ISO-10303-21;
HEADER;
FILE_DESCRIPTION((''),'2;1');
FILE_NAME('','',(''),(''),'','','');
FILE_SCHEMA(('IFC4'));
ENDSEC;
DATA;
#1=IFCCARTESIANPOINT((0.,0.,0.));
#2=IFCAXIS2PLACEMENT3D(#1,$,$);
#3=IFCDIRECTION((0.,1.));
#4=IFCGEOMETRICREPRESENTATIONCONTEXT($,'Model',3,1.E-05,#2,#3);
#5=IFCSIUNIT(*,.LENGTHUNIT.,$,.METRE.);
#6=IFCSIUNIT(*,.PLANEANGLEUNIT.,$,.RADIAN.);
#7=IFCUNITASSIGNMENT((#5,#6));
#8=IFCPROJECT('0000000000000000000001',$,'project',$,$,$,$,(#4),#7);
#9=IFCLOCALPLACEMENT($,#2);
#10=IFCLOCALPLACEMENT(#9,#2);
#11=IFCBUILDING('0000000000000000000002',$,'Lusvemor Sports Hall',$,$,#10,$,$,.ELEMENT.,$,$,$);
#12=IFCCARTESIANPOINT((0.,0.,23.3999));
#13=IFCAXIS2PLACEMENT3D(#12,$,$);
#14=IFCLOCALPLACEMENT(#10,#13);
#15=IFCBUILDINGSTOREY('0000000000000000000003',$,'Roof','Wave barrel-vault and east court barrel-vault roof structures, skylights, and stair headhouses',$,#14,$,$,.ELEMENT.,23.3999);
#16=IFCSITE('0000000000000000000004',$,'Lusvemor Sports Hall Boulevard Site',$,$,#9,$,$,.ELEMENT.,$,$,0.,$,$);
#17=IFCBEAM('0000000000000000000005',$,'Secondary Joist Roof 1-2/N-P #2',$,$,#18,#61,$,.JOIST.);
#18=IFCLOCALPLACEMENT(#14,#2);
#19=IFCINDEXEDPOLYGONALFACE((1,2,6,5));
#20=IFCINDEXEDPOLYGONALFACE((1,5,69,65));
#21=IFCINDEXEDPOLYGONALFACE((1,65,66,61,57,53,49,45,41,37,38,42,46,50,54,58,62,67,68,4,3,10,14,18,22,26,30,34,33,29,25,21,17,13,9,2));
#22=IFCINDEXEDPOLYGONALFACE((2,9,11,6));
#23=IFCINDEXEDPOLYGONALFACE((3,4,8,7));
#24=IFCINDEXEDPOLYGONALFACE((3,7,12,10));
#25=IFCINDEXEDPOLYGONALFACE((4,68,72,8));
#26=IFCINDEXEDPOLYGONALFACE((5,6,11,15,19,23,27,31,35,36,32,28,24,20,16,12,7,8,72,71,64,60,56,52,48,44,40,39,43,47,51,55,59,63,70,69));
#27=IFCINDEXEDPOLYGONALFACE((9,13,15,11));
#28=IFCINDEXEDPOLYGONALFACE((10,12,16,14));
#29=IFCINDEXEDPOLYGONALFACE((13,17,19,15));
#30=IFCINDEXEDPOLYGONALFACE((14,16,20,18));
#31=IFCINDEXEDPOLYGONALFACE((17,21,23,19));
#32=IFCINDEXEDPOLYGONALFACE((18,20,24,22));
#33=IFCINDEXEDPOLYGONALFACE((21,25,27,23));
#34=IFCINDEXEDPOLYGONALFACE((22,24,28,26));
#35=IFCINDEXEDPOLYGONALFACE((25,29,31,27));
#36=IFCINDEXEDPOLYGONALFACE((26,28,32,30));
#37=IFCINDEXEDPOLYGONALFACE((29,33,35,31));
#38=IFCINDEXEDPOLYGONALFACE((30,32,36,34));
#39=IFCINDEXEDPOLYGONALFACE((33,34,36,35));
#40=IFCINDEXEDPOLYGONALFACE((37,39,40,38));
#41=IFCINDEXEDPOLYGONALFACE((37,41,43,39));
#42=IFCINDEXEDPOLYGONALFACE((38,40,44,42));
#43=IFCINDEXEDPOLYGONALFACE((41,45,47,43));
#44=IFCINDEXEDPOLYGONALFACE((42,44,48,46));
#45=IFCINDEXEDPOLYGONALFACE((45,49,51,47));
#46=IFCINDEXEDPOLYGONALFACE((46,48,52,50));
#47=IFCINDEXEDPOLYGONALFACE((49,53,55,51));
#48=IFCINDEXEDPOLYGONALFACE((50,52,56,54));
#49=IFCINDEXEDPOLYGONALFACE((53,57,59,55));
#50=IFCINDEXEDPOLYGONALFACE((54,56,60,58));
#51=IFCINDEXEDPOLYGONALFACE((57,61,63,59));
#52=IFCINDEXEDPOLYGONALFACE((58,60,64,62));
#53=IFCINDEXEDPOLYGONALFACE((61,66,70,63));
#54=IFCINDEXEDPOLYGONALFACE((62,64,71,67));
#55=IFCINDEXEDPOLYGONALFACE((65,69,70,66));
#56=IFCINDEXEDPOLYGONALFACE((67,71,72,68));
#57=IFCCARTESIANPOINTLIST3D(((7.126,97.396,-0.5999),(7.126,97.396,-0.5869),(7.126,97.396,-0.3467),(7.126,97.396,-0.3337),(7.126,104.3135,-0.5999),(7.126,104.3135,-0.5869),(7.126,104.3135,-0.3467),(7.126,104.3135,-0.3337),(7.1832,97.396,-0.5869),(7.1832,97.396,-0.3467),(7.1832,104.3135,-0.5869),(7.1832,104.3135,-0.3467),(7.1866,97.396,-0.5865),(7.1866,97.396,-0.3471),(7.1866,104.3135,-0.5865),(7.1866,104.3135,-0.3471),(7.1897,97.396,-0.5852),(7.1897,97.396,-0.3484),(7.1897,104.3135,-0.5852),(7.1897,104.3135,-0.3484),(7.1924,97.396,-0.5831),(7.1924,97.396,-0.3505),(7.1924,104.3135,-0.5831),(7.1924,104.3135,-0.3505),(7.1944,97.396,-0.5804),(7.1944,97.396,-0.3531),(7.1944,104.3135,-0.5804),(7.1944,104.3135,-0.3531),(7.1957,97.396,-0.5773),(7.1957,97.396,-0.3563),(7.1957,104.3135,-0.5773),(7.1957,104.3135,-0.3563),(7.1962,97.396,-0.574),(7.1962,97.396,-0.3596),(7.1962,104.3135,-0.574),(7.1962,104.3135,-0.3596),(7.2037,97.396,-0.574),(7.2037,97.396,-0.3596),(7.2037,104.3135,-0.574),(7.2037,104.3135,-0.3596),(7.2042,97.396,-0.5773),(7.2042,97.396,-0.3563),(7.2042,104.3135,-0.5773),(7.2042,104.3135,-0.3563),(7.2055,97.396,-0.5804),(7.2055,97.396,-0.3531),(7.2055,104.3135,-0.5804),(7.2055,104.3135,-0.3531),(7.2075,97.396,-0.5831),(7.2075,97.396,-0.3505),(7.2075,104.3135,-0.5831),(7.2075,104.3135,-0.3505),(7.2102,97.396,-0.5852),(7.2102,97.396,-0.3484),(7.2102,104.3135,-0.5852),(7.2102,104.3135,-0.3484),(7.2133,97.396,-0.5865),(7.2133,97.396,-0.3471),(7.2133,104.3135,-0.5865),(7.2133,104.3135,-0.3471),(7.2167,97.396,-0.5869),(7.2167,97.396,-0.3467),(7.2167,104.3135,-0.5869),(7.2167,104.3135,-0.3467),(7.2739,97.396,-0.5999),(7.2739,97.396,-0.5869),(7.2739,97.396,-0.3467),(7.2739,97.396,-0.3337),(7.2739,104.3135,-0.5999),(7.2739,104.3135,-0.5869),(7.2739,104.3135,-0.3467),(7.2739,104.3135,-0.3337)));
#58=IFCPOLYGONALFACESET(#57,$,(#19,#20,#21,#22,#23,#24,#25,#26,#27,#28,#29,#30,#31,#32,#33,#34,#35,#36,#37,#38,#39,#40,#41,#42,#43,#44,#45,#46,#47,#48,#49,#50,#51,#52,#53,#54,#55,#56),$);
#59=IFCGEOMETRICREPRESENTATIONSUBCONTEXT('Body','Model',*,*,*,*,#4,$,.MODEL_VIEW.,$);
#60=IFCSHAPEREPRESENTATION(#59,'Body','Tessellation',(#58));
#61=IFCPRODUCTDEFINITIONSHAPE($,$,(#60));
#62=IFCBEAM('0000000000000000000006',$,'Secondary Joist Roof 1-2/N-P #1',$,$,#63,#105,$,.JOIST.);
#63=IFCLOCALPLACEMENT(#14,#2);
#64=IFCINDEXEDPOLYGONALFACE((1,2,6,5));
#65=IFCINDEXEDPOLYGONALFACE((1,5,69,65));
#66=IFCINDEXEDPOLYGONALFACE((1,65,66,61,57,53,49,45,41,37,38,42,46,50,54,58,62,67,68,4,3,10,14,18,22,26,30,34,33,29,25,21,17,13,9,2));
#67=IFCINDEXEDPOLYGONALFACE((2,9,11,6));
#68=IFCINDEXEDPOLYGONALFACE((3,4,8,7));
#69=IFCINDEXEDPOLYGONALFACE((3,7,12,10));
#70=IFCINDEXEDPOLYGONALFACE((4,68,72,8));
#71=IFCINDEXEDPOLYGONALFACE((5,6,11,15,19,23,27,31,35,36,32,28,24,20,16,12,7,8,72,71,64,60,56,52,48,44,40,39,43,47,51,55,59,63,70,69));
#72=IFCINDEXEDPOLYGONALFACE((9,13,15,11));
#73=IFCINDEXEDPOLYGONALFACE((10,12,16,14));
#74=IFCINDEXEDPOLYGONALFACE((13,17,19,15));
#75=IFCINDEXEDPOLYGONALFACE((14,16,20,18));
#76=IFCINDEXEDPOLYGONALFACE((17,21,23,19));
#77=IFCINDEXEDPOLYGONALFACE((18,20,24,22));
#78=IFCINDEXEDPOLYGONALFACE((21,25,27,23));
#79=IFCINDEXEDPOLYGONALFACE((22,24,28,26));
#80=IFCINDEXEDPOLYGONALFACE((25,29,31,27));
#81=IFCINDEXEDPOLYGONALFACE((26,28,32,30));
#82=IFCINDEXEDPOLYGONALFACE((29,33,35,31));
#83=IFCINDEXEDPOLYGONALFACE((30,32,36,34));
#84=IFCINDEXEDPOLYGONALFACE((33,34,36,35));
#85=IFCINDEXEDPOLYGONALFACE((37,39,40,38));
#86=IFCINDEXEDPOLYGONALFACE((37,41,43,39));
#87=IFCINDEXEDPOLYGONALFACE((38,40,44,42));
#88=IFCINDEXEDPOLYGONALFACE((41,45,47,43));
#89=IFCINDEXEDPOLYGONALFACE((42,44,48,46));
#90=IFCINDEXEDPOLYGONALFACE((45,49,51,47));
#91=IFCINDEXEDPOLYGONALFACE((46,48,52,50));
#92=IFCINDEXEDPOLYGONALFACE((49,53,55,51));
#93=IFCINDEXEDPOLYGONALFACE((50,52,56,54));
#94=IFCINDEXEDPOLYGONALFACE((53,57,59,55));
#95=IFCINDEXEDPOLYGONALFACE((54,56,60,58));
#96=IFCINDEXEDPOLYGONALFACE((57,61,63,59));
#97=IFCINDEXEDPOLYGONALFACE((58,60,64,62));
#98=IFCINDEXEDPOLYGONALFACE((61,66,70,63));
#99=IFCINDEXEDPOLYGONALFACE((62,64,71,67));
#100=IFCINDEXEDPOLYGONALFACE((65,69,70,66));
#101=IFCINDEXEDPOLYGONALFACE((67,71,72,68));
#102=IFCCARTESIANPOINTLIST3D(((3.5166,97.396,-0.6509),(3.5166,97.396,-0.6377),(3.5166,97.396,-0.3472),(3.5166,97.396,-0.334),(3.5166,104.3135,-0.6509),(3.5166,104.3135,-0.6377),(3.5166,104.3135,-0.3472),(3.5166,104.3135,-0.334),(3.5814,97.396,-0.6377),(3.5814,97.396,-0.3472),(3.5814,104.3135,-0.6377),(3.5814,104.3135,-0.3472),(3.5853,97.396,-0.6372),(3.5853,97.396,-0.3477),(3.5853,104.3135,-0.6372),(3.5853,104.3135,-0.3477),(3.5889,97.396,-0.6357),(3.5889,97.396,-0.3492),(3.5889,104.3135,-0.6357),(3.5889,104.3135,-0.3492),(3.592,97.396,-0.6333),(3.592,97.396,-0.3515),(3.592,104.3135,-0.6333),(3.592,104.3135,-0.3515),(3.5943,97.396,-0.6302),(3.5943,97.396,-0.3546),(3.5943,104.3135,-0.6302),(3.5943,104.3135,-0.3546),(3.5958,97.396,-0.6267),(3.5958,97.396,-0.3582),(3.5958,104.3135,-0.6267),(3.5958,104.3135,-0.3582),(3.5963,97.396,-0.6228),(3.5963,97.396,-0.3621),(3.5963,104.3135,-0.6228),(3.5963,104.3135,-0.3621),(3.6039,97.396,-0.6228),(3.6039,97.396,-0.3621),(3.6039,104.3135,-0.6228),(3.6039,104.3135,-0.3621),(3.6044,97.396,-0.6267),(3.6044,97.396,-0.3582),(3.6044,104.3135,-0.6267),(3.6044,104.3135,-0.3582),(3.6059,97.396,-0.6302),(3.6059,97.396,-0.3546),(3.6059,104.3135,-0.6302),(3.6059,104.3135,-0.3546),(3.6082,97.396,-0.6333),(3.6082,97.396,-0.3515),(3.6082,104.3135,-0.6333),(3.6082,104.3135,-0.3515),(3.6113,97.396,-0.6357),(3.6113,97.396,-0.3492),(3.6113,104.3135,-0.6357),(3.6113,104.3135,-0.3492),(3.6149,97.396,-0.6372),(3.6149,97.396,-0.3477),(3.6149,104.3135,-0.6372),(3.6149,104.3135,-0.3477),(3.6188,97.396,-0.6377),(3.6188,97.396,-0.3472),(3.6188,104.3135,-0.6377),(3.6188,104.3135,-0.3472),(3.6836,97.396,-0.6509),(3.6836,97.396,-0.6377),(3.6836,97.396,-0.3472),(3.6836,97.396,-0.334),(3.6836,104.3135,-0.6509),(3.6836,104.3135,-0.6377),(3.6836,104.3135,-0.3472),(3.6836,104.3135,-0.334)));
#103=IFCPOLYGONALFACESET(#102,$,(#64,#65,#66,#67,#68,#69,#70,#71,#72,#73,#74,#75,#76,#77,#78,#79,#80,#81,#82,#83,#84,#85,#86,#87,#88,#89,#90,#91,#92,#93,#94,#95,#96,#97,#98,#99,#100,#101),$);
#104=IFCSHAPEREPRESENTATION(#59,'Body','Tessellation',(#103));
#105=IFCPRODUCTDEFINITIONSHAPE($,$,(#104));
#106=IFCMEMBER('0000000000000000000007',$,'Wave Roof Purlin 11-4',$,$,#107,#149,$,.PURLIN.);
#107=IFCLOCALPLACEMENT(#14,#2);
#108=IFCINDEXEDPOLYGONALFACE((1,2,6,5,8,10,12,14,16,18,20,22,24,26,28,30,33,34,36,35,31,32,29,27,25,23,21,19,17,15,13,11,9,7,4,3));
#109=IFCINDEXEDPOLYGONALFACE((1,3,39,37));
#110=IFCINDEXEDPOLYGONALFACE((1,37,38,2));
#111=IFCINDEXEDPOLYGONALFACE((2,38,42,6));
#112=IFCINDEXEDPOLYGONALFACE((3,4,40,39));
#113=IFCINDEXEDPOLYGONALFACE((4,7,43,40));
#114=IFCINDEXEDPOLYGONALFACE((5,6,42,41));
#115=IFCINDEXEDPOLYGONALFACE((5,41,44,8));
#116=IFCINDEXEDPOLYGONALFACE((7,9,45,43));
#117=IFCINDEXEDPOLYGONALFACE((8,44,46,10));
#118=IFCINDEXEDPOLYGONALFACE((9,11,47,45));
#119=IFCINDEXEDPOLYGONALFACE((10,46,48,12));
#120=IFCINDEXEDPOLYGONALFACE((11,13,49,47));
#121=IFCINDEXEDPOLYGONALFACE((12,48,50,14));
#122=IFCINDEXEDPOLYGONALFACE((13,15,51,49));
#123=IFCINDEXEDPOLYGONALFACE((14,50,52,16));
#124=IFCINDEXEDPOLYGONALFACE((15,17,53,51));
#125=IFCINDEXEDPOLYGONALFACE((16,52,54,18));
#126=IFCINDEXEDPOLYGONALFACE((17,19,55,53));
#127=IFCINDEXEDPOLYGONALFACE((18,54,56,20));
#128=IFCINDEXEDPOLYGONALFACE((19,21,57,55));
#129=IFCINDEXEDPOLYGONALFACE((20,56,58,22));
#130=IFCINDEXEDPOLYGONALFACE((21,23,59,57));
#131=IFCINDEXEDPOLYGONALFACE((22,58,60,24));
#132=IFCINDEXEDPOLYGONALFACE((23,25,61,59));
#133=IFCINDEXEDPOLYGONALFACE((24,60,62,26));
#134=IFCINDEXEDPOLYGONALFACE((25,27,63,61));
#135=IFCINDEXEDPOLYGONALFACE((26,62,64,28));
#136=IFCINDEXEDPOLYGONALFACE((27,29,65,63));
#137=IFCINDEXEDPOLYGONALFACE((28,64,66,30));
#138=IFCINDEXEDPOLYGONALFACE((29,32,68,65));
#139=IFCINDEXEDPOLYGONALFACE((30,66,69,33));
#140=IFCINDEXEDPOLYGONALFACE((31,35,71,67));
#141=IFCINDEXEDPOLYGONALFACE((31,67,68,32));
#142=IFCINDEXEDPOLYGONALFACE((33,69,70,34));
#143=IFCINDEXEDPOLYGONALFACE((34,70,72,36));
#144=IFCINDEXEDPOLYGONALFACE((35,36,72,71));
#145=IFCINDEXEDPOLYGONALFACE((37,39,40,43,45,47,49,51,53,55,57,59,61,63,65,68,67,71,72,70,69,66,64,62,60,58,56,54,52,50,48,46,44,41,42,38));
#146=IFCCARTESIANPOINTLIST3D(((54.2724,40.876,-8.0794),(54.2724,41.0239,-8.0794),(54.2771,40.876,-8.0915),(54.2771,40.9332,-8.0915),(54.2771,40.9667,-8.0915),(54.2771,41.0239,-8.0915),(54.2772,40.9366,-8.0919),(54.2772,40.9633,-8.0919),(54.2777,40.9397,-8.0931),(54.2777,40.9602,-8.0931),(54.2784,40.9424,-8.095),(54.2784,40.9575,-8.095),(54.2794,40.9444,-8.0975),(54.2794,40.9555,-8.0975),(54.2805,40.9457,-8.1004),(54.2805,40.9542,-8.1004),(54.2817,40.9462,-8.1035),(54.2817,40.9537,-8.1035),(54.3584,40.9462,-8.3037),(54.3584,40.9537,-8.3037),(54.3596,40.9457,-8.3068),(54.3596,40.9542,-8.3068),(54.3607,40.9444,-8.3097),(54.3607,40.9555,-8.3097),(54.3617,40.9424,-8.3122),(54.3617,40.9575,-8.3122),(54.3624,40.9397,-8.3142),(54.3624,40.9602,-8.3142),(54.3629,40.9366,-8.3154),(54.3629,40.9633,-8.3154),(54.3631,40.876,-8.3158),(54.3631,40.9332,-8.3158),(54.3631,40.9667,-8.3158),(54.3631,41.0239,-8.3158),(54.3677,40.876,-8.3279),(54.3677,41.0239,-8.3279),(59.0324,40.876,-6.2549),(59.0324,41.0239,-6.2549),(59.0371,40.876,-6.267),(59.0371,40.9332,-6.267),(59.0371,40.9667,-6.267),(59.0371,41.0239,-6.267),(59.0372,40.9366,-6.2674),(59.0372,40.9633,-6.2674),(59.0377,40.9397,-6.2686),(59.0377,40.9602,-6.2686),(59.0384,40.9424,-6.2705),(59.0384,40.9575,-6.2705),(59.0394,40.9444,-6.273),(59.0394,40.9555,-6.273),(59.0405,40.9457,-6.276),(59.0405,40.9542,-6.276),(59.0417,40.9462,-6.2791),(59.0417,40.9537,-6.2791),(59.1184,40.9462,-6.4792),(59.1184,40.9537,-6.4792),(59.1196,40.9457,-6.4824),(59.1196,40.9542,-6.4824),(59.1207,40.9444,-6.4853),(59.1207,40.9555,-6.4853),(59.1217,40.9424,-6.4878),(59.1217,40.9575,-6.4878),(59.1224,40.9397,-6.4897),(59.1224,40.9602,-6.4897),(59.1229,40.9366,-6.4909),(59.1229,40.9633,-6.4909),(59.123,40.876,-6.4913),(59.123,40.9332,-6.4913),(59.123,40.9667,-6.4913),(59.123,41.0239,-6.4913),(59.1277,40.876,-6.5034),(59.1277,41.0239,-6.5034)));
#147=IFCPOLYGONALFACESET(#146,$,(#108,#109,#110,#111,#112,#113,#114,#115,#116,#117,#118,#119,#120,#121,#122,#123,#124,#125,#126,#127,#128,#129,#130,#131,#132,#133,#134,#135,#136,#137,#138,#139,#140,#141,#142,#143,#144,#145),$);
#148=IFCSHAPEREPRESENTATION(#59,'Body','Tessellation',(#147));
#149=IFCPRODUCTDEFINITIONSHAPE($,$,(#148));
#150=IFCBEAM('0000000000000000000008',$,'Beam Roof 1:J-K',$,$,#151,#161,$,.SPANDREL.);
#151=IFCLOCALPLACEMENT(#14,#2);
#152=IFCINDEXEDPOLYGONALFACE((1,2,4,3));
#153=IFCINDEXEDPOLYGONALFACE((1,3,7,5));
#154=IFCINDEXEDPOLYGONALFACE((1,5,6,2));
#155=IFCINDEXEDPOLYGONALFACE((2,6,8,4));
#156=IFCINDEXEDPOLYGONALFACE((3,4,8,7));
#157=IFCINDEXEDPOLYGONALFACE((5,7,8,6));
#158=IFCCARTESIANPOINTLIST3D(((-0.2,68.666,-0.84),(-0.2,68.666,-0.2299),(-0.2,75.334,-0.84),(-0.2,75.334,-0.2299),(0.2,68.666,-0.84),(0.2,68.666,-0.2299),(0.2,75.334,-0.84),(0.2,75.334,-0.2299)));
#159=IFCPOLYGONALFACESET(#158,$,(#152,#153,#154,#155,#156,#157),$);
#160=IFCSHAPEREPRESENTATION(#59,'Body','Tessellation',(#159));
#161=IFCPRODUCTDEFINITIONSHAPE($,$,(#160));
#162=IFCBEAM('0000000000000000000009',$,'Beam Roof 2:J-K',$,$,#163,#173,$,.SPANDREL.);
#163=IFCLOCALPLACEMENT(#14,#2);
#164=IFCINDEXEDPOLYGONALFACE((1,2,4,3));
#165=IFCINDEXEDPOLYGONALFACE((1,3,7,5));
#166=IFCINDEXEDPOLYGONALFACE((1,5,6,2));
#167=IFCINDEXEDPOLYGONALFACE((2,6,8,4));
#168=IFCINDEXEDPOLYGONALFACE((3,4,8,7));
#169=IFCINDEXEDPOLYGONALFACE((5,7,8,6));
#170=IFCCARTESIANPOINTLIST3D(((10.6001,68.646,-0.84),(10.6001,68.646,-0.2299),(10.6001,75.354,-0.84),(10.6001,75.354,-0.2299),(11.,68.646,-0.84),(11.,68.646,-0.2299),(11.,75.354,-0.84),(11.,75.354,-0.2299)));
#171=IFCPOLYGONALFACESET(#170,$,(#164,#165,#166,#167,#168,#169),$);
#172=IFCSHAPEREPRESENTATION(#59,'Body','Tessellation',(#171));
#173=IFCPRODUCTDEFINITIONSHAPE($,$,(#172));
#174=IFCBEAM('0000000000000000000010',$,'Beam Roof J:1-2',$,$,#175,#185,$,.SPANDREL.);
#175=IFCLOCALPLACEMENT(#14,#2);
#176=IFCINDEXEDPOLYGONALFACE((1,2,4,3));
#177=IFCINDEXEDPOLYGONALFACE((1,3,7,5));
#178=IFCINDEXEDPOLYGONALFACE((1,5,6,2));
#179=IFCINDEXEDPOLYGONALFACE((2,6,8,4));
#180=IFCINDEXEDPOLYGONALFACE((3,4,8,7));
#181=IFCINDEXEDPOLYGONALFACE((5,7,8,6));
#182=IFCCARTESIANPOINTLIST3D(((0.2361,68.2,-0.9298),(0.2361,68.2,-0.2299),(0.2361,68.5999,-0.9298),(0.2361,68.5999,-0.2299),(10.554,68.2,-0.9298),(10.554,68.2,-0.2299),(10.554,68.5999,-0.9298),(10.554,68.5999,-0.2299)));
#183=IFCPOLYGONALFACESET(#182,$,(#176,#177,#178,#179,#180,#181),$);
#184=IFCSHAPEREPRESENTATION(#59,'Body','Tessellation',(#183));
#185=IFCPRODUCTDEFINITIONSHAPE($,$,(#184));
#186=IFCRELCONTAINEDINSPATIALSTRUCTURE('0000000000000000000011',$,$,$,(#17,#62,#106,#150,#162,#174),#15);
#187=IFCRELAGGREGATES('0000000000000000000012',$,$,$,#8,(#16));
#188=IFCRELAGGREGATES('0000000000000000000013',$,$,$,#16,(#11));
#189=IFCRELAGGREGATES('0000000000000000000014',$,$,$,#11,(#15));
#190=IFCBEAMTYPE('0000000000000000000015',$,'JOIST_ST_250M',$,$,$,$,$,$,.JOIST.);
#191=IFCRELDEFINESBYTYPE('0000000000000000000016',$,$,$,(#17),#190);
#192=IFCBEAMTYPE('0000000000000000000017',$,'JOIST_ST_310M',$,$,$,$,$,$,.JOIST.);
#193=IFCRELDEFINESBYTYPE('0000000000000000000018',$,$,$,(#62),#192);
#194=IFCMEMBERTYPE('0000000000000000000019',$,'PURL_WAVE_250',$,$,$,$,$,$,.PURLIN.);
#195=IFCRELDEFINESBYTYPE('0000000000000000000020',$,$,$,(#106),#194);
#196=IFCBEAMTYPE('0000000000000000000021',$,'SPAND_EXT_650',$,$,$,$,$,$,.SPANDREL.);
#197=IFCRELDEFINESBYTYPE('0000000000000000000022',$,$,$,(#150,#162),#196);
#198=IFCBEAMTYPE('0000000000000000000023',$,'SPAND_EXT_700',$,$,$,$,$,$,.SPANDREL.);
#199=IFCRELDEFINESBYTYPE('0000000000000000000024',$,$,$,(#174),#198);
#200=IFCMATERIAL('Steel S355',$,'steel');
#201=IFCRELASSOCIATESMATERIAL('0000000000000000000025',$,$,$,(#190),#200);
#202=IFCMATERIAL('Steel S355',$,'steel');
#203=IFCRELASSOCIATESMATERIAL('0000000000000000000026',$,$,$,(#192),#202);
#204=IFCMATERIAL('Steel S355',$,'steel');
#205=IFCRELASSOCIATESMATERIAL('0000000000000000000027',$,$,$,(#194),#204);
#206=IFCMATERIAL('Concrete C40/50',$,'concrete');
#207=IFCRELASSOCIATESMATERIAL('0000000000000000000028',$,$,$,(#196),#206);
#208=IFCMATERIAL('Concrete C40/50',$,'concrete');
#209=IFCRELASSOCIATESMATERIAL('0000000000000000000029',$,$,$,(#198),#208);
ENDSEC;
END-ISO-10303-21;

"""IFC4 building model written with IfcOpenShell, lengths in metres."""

from ifc_helpers import new_model, si_unit, direction, frame, origin, origin_2d, place, context, subcontext, project, spatial, rectangle, i_section, extrude, material, material_profile, profile_set, type_object, element, save


model = new_model("IFC4")

# Units and contexts
model_context = context("Model", 3, precision=1e-05, world=origin(), true_north=direction((0.0, 1.0)))
body_context = subcontext(model_context, "Body", "Model", "MODEL_VIEW")
ifc_project = project(units=[si_unit("LENGTHUNIT", "METRE"), si_unit("PLANEANGLEUNIT", "RADIAN")], contexts=[model_context])

# Site, building, storey
site_placement = place(None, origin())
site = spatial("IfcSite", under=ifc_project, at=site_placement, Name="Lusvemor Sports Hall Boulevard Site", CompositionType="ELEMENT", RefElevation=0.0)
building_placement = place(site_placement, origin())
building = spatial("IfcBuilding", under=site, at=building_placement, Name="Lusvemor Sports Hall", CompositionType="ELEMENT")
storey_placement = place(building_placement, frame((0.0, 0.0, 23.3999)))
storey = spatial("IfcBuildingStorey", under=building, at=storey_placement, Name="Roof", Description="Wave barrel-vault and east court barrel-vault roof structures, skylights, and stair headhouses", CompositionType="ELEMENT", Elevation=23.3999)

# Beams
ifc_material_1 = material(Name="Steel S355", Category="steel")
ifc_material_profile_1 = material_profile(ifc_material_1, i_section(OverallWidth=0.1479, OverallDepth=0.2661, WebThickness=0.0076, FlangeThickness=0.0129, FilletRadius=0.0129, at=origin_2d()), Name="W250x44.8")
ifc_profile_set_1 = profile_set([ifc_material_profile_1], Name="Steel S355")
beam_type_1 = type_object("IfcBeamType", Name="JOIST_ST_250M", PredefinedType="JOIST", material=ifc_profile_set_1)
beam_1_placement = place(storey_placement, frame((7.2, 97.396, -0.4668), z_axis=(0.0, 1.0, 0.0), x_axis=(-1.0, 0.0, 0.0)))
element("IfcBeam", 1, at=beam_1_placement, inside=storey, type_object=beam_type_1, Name="Secondary Joist Roof 1-2/N-P #2", PredefinedType="JOIST", context=body_context, shape_type="SweptSolid", body=[
    extrude(i_section(OverallWidth=0.1479, OverallDepth=0.2661, WebThickness=0.0076, FlangeThickness=0.0129, FilletRadius=0.0129, at=origin_2d()), origin(), (0.0, 0.0, 1.0), 6.9175),
])
ifc_material_2 = material(Name="Steel S355", Category="steel")
ifc_material_profile_2 = material_profile(ifc_material_2, i_section(OverallWidth=0.167, OverallDepth=0.3169, WebThickness=0.0076, FlangeThickness=0.0132, FilletRadius=0.0149, at=origin_2d()), Name="W310x52.0")
ifc_profile_set_2 = profile_set([ifc_material_profile_2], Name="Steel S355")
beam_type_2 = type_object("IfcBeamType", Name="JOIST_ST_310M", PredefinedType="JOIST", material=ifc_profile_set_2)
beam_2_placement = place(storey_placement, frame((3.6001, 97.396, -0.4924), z_axis=(0.0, 1.0, 0.0), x_axis=(-1.0, 0.0, 0.0)))
element("IfcBeam", 2, at=beam_2_placement, inside=storey, type_object=beam_type_2, Name="Secondary Joist Roof 1-2/N-P #1", PredefinedType="JOIST", context=body_context, shape_type="SweptSolid", body=[
    extrude(i_section(OverallWidth=0.167, OverallDepth=0.3169, WebThickness=0.0076, FlangeThickness=0.0132, FilletRadius=0.0149, at=origin_2d()), origin(), (0.0, 0.0, 1.0), 6.9175),
])

# Member
ifc_material_3 = material(Name="Steel S355", Category="steel")
ifc_material_profile_3 = material_profile(ifc_material_3, i_section(OverallWidth=0.1479, OverallDepth=0.2661, WebThickness=0.0076, FlangeThickness=0.0129, FilletRadius=0.0129, at=origin_2d()), Name="W250x44.8")
ifc_profile_set_3 = profile_set([ifc_material_profile_3], Name="Steel S355")
member_type = type_object("IfcMemberType", Name="PURL_WAVE_250", PredefinedType="PURLIN", material=ifc_profile_set_3)
member_placement = place(storey_placement, frame((54.3201, 40.95, -8.2036), z_axis=(0.93376, 0.0, 0.357901), x_axis=(0.0, 1.0, 0.0)))
element("IfcMember", 3, at=member_placement, inside=storey, type_object=member_type, Name="Wave Roof Purlin 11-4", PredefinedType="PURLIN", context=body_context, shape_type="SweptSolid", body=[
    extrude(i_section(OverallWidth=0.1479, OverallDepth=0.2661, WebThickness=0.0076, FlangeThickness=0.0129, FilletRadius=0.0129, at=origin_2d()), origin(), (0.0, 0.0, 1.0), 5.0977),
])

# Beams
ifc_material_4 = material(Name="Concrete C40/50", Category="concrete")
ifc_material_profile_4 = material_profile(ifc_material_4, rectangle(XDim=0.3999, YDim=0.6101, at=origin_2d()), Name="RC400x610")
ifc_profile_set_4 = profile_set([ifc_material_profile_4], Name="Concrete C40/50")
beam_type_3 = type_object("IfcBeamType", Name="SPAND_EXT_650", PredefinedType="SPANDREL", material=ifc_profile_set_4)
beam_3_placement = place(storey_placement, frame((0.0, 68.666, -0.5349), z_axis=(0.0, 1.0, 0.0), x_axis=(-1.0, 0.0, 0.0)))
element("IfcBeam", 4, at=beam_3_placement, inside=storey, type_object=beam_type_3, Name="Beam Roof 1:J-K", PredefinedType="SPANDREL", context=body_context, shape_type="SweptSolid", body=[
    extrude(rectangle(XDim=0.3999, YDim=0.6101, at=origin_2d()), origin(), (0.0, 0.0, 1.0), 6.668),
])
beam_4_placement = place(storey_placement, frame((10.8, 68.646, -0.5349), z_axis=(0.0, 1.0, 0.0), x_axis=(-1.0, 0.0, 0.0)))
element("IfcBeam", 5, at=beam_4_placement, inside=storey, type_object=beam_type_3, Name="Beam Roof 2:J-K", PredefinedType="SPANDREL", context=body_context, shape_type="SweptSolid", body=[
    extrude(rectangle(XDim=0.3999, YDim=0.6101, at=origin_2d()), origin(), (0.0, 0.0, 1.0), 6.708),
])
ifc_material_5 = material(Name="Concrete C40/50", Category="concrete")
ifc_material_profile_5 = material_profile(ifc_material_5, rectangle(XDim=0.3999, YDim=0.7, at=origin_2d()), Name="RC400x700")
ifc_profile_set_5 = profile_set([ifc_material_profile_5], Name="Concrete C40/50")
beam_type_4 = type_object("IfcBeamType", Name="SPAND_EXT_700", PredefinedType="SPANDREL", material=ifc_profile_set_5)
for number, where, z_axis, x_axis, name in (
    (6, (0.2361, 68.3999, -0.5798), (1.0, 0.0, 0.0), (0.0, 1.0, 0.0), "Beam Roof J:1-2"),
):
    element("IfcBeam", number, at=place(storey_placement, frame(where, z_axis=z_axis, x_axis=x_axis)), inside=storey, type_object=beam_type_4, Name=name, PredefinedType="SPANDREL", context=body_context, shape_type="SweptSolid", body=[
        extrude(rectangle(XDim=0.3999, YDim=0.7, at=origin_2d()), origin(), (0.0, 0.0, 1.0), 10.3179),
    ])

save(model, "model.ifc")
